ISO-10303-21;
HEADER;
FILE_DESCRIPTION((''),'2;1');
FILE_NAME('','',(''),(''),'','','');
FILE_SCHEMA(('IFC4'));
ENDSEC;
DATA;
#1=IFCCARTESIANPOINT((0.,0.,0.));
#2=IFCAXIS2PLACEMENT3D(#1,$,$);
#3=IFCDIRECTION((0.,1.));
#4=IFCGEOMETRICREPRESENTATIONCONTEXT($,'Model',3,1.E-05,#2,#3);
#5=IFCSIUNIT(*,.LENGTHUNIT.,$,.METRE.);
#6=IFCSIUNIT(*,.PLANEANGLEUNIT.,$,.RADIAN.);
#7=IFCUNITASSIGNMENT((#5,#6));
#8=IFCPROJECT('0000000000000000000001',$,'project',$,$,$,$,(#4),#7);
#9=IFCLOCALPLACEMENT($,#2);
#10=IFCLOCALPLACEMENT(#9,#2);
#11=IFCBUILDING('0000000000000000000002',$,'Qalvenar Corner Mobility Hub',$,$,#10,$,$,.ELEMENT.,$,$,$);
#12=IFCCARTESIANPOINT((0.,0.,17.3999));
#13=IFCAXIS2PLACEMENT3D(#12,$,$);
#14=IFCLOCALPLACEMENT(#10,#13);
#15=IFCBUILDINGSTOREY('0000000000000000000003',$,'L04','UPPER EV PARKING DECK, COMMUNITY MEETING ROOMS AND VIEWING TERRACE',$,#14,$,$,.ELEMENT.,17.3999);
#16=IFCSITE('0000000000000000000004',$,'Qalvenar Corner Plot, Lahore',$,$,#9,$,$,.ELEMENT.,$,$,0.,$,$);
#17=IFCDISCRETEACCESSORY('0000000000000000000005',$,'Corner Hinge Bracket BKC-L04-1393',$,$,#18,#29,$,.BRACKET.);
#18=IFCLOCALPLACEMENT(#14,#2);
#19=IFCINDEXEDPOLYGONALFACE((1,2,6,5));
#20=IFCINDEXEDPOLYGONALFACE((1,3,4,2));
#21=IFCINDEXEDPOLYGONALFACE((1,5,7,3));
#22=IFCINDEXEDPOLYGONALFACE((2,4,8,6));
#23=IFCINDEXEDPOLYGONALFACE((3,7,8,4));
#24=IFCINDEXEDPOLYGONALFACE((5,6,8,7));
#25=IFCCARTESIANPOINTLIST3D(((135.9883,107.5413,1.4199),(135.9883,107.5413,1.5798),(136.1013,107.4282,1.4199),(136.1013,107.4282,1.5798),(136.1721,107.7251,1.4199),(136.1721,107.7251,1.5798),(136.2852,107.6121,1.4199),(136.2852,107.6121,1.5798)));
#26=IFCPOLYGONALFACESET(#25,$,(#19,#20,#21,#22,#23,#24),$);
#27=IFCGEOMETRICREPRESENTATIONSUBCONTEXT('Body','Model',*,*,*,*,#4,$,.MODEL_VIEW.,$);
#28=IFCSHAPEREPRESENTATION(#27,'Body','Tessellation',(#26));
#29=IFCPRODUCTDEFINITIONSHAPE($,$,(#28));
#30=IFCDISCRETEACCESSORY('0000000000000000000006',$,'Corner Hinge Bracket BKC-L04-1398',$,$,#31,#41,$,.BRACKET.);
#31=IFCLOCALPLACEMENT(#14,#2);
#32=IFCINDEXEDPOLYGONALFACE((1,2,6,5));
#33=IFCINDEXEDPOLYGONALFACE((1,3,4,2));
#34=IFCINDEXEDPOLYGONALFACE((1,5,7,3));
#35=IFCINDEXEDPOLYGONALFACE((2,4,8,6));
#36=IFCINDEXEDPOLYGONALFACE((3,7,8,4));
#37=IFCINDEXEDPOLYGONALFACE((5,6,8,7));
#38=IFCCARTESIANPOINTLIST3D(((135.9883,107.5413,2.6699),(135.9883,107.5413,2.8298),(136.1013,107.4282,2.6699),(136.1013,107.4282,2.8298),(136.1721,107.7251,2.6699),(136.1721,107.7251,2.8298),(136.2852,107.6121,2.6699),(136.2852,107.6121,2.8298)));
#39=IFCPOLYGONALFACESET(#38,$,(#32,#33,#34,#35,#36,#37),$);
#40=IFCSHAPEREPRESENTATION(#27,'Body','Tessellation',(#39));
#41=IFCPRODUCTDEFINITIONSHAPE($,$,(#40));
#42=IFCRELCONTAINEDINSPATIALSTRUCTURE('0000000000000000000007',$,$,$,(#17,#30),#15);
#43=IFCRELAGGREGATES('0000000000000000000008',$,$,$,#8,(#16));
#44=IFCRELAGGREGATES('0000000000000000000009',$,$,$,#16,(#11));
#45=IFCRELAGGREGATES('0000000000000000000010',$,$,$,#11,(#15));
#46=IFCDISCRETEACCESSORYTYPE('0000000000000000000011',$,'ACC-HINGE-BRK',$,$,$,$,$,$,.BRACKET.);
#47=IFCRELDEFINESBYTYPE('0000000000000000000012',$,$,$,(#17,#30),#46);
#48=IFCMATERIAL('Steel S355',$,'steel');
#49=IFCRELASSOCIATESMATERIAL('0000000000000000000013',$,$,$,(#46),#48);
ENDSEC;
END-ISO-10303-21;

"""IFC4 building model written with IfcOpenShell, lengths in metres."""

from ifc_helpers import new_model, si_unit, direction, frame, origin, origin_2d, place, context, subcontext, project, spatial, rectangle, extrude, material, type_object, element, save


model = new_model("IFC4")

# Units and contexts
model_context = context("Model", 3, precision=1e-05, world=origin(), true_north=direction((0.0, 1.0)))
body_context = subcontext(model_context, "Body", "Model", "MODEL_VIEW")
ifc_project = project(units=[si_unit("LENGTHUNIT", "METRE"), si_unit("PLANEANGLEUNIT", "RADIAN")], contexts=[model_context])

# Site, building, storey
site_placement = place(None, origin())
site = spatial("IfcSite", under=ifc_project, at=site_placement, Name="Qalvenar Corner Plot, Lahore", CompositionType="ELEMENT", RefElevation=0.0)
building_placement = place(site_placement, origin())
building = spatial("IfcBuilding", under=site, at=building_placement, Name="Qalvenar Corner Mobility Hub", CompositionType="ELEMENT")
storey_placement = place(building_placement, frame((0.0, 0.0, 17.3999)))
storey = spatial("IfcBuildingStorey", under=building, at=storey_placement, Name="L04", Description="UPPER EV PARKING DECK, COMMUNITY MEETING ROOMS AND VIEWING TERRACE", CompositionType="ELEMENT", Elevation=17.3999)

# Shared definitions
ifc_material_1 = material(Name="Steel S355", Category="steel")

# Discrete accessories
discrete_accessory_type = type_object("IfcDiscreteAccessoryType", Name="ACC-HINGE-BRK", PredefinedType="BRACKET", material=ifc_material_1)
for number, where, z_axis, x_axis, name in (
    (1, (136.1367, 107.5767, 1.4199), (0.0, 0.0, 1.0), (-0.707107, 0.707107, 0.0), "Corner Hinge Bracket BKC-L04-1393"),
    (2, (136.1367, 107.5767, 2.6699), (0.0, 0.0, 1.0), (-0.707107, 0.707107, 0.0), "Corner Hinge Bracket BKC-L04-1398"),
):
    element("IfcDiscreteAccessory", number, at=place(storey_placement, frame(where, z_axis=z_axis, x_axis=x_axis)), inside=storey, type_object=discrete_accessory_type, Name=name, PredefinedType="BRACKET", context=body_context, shape_type="SweptSolid", body=[
        extrude(rectangle(XDim=0.1599, YDim=0.26, at=origin_2d()), origin(), (0.0, 0.0, 1.0), 0.1599),
    ])

save(model, "model.ifc")
